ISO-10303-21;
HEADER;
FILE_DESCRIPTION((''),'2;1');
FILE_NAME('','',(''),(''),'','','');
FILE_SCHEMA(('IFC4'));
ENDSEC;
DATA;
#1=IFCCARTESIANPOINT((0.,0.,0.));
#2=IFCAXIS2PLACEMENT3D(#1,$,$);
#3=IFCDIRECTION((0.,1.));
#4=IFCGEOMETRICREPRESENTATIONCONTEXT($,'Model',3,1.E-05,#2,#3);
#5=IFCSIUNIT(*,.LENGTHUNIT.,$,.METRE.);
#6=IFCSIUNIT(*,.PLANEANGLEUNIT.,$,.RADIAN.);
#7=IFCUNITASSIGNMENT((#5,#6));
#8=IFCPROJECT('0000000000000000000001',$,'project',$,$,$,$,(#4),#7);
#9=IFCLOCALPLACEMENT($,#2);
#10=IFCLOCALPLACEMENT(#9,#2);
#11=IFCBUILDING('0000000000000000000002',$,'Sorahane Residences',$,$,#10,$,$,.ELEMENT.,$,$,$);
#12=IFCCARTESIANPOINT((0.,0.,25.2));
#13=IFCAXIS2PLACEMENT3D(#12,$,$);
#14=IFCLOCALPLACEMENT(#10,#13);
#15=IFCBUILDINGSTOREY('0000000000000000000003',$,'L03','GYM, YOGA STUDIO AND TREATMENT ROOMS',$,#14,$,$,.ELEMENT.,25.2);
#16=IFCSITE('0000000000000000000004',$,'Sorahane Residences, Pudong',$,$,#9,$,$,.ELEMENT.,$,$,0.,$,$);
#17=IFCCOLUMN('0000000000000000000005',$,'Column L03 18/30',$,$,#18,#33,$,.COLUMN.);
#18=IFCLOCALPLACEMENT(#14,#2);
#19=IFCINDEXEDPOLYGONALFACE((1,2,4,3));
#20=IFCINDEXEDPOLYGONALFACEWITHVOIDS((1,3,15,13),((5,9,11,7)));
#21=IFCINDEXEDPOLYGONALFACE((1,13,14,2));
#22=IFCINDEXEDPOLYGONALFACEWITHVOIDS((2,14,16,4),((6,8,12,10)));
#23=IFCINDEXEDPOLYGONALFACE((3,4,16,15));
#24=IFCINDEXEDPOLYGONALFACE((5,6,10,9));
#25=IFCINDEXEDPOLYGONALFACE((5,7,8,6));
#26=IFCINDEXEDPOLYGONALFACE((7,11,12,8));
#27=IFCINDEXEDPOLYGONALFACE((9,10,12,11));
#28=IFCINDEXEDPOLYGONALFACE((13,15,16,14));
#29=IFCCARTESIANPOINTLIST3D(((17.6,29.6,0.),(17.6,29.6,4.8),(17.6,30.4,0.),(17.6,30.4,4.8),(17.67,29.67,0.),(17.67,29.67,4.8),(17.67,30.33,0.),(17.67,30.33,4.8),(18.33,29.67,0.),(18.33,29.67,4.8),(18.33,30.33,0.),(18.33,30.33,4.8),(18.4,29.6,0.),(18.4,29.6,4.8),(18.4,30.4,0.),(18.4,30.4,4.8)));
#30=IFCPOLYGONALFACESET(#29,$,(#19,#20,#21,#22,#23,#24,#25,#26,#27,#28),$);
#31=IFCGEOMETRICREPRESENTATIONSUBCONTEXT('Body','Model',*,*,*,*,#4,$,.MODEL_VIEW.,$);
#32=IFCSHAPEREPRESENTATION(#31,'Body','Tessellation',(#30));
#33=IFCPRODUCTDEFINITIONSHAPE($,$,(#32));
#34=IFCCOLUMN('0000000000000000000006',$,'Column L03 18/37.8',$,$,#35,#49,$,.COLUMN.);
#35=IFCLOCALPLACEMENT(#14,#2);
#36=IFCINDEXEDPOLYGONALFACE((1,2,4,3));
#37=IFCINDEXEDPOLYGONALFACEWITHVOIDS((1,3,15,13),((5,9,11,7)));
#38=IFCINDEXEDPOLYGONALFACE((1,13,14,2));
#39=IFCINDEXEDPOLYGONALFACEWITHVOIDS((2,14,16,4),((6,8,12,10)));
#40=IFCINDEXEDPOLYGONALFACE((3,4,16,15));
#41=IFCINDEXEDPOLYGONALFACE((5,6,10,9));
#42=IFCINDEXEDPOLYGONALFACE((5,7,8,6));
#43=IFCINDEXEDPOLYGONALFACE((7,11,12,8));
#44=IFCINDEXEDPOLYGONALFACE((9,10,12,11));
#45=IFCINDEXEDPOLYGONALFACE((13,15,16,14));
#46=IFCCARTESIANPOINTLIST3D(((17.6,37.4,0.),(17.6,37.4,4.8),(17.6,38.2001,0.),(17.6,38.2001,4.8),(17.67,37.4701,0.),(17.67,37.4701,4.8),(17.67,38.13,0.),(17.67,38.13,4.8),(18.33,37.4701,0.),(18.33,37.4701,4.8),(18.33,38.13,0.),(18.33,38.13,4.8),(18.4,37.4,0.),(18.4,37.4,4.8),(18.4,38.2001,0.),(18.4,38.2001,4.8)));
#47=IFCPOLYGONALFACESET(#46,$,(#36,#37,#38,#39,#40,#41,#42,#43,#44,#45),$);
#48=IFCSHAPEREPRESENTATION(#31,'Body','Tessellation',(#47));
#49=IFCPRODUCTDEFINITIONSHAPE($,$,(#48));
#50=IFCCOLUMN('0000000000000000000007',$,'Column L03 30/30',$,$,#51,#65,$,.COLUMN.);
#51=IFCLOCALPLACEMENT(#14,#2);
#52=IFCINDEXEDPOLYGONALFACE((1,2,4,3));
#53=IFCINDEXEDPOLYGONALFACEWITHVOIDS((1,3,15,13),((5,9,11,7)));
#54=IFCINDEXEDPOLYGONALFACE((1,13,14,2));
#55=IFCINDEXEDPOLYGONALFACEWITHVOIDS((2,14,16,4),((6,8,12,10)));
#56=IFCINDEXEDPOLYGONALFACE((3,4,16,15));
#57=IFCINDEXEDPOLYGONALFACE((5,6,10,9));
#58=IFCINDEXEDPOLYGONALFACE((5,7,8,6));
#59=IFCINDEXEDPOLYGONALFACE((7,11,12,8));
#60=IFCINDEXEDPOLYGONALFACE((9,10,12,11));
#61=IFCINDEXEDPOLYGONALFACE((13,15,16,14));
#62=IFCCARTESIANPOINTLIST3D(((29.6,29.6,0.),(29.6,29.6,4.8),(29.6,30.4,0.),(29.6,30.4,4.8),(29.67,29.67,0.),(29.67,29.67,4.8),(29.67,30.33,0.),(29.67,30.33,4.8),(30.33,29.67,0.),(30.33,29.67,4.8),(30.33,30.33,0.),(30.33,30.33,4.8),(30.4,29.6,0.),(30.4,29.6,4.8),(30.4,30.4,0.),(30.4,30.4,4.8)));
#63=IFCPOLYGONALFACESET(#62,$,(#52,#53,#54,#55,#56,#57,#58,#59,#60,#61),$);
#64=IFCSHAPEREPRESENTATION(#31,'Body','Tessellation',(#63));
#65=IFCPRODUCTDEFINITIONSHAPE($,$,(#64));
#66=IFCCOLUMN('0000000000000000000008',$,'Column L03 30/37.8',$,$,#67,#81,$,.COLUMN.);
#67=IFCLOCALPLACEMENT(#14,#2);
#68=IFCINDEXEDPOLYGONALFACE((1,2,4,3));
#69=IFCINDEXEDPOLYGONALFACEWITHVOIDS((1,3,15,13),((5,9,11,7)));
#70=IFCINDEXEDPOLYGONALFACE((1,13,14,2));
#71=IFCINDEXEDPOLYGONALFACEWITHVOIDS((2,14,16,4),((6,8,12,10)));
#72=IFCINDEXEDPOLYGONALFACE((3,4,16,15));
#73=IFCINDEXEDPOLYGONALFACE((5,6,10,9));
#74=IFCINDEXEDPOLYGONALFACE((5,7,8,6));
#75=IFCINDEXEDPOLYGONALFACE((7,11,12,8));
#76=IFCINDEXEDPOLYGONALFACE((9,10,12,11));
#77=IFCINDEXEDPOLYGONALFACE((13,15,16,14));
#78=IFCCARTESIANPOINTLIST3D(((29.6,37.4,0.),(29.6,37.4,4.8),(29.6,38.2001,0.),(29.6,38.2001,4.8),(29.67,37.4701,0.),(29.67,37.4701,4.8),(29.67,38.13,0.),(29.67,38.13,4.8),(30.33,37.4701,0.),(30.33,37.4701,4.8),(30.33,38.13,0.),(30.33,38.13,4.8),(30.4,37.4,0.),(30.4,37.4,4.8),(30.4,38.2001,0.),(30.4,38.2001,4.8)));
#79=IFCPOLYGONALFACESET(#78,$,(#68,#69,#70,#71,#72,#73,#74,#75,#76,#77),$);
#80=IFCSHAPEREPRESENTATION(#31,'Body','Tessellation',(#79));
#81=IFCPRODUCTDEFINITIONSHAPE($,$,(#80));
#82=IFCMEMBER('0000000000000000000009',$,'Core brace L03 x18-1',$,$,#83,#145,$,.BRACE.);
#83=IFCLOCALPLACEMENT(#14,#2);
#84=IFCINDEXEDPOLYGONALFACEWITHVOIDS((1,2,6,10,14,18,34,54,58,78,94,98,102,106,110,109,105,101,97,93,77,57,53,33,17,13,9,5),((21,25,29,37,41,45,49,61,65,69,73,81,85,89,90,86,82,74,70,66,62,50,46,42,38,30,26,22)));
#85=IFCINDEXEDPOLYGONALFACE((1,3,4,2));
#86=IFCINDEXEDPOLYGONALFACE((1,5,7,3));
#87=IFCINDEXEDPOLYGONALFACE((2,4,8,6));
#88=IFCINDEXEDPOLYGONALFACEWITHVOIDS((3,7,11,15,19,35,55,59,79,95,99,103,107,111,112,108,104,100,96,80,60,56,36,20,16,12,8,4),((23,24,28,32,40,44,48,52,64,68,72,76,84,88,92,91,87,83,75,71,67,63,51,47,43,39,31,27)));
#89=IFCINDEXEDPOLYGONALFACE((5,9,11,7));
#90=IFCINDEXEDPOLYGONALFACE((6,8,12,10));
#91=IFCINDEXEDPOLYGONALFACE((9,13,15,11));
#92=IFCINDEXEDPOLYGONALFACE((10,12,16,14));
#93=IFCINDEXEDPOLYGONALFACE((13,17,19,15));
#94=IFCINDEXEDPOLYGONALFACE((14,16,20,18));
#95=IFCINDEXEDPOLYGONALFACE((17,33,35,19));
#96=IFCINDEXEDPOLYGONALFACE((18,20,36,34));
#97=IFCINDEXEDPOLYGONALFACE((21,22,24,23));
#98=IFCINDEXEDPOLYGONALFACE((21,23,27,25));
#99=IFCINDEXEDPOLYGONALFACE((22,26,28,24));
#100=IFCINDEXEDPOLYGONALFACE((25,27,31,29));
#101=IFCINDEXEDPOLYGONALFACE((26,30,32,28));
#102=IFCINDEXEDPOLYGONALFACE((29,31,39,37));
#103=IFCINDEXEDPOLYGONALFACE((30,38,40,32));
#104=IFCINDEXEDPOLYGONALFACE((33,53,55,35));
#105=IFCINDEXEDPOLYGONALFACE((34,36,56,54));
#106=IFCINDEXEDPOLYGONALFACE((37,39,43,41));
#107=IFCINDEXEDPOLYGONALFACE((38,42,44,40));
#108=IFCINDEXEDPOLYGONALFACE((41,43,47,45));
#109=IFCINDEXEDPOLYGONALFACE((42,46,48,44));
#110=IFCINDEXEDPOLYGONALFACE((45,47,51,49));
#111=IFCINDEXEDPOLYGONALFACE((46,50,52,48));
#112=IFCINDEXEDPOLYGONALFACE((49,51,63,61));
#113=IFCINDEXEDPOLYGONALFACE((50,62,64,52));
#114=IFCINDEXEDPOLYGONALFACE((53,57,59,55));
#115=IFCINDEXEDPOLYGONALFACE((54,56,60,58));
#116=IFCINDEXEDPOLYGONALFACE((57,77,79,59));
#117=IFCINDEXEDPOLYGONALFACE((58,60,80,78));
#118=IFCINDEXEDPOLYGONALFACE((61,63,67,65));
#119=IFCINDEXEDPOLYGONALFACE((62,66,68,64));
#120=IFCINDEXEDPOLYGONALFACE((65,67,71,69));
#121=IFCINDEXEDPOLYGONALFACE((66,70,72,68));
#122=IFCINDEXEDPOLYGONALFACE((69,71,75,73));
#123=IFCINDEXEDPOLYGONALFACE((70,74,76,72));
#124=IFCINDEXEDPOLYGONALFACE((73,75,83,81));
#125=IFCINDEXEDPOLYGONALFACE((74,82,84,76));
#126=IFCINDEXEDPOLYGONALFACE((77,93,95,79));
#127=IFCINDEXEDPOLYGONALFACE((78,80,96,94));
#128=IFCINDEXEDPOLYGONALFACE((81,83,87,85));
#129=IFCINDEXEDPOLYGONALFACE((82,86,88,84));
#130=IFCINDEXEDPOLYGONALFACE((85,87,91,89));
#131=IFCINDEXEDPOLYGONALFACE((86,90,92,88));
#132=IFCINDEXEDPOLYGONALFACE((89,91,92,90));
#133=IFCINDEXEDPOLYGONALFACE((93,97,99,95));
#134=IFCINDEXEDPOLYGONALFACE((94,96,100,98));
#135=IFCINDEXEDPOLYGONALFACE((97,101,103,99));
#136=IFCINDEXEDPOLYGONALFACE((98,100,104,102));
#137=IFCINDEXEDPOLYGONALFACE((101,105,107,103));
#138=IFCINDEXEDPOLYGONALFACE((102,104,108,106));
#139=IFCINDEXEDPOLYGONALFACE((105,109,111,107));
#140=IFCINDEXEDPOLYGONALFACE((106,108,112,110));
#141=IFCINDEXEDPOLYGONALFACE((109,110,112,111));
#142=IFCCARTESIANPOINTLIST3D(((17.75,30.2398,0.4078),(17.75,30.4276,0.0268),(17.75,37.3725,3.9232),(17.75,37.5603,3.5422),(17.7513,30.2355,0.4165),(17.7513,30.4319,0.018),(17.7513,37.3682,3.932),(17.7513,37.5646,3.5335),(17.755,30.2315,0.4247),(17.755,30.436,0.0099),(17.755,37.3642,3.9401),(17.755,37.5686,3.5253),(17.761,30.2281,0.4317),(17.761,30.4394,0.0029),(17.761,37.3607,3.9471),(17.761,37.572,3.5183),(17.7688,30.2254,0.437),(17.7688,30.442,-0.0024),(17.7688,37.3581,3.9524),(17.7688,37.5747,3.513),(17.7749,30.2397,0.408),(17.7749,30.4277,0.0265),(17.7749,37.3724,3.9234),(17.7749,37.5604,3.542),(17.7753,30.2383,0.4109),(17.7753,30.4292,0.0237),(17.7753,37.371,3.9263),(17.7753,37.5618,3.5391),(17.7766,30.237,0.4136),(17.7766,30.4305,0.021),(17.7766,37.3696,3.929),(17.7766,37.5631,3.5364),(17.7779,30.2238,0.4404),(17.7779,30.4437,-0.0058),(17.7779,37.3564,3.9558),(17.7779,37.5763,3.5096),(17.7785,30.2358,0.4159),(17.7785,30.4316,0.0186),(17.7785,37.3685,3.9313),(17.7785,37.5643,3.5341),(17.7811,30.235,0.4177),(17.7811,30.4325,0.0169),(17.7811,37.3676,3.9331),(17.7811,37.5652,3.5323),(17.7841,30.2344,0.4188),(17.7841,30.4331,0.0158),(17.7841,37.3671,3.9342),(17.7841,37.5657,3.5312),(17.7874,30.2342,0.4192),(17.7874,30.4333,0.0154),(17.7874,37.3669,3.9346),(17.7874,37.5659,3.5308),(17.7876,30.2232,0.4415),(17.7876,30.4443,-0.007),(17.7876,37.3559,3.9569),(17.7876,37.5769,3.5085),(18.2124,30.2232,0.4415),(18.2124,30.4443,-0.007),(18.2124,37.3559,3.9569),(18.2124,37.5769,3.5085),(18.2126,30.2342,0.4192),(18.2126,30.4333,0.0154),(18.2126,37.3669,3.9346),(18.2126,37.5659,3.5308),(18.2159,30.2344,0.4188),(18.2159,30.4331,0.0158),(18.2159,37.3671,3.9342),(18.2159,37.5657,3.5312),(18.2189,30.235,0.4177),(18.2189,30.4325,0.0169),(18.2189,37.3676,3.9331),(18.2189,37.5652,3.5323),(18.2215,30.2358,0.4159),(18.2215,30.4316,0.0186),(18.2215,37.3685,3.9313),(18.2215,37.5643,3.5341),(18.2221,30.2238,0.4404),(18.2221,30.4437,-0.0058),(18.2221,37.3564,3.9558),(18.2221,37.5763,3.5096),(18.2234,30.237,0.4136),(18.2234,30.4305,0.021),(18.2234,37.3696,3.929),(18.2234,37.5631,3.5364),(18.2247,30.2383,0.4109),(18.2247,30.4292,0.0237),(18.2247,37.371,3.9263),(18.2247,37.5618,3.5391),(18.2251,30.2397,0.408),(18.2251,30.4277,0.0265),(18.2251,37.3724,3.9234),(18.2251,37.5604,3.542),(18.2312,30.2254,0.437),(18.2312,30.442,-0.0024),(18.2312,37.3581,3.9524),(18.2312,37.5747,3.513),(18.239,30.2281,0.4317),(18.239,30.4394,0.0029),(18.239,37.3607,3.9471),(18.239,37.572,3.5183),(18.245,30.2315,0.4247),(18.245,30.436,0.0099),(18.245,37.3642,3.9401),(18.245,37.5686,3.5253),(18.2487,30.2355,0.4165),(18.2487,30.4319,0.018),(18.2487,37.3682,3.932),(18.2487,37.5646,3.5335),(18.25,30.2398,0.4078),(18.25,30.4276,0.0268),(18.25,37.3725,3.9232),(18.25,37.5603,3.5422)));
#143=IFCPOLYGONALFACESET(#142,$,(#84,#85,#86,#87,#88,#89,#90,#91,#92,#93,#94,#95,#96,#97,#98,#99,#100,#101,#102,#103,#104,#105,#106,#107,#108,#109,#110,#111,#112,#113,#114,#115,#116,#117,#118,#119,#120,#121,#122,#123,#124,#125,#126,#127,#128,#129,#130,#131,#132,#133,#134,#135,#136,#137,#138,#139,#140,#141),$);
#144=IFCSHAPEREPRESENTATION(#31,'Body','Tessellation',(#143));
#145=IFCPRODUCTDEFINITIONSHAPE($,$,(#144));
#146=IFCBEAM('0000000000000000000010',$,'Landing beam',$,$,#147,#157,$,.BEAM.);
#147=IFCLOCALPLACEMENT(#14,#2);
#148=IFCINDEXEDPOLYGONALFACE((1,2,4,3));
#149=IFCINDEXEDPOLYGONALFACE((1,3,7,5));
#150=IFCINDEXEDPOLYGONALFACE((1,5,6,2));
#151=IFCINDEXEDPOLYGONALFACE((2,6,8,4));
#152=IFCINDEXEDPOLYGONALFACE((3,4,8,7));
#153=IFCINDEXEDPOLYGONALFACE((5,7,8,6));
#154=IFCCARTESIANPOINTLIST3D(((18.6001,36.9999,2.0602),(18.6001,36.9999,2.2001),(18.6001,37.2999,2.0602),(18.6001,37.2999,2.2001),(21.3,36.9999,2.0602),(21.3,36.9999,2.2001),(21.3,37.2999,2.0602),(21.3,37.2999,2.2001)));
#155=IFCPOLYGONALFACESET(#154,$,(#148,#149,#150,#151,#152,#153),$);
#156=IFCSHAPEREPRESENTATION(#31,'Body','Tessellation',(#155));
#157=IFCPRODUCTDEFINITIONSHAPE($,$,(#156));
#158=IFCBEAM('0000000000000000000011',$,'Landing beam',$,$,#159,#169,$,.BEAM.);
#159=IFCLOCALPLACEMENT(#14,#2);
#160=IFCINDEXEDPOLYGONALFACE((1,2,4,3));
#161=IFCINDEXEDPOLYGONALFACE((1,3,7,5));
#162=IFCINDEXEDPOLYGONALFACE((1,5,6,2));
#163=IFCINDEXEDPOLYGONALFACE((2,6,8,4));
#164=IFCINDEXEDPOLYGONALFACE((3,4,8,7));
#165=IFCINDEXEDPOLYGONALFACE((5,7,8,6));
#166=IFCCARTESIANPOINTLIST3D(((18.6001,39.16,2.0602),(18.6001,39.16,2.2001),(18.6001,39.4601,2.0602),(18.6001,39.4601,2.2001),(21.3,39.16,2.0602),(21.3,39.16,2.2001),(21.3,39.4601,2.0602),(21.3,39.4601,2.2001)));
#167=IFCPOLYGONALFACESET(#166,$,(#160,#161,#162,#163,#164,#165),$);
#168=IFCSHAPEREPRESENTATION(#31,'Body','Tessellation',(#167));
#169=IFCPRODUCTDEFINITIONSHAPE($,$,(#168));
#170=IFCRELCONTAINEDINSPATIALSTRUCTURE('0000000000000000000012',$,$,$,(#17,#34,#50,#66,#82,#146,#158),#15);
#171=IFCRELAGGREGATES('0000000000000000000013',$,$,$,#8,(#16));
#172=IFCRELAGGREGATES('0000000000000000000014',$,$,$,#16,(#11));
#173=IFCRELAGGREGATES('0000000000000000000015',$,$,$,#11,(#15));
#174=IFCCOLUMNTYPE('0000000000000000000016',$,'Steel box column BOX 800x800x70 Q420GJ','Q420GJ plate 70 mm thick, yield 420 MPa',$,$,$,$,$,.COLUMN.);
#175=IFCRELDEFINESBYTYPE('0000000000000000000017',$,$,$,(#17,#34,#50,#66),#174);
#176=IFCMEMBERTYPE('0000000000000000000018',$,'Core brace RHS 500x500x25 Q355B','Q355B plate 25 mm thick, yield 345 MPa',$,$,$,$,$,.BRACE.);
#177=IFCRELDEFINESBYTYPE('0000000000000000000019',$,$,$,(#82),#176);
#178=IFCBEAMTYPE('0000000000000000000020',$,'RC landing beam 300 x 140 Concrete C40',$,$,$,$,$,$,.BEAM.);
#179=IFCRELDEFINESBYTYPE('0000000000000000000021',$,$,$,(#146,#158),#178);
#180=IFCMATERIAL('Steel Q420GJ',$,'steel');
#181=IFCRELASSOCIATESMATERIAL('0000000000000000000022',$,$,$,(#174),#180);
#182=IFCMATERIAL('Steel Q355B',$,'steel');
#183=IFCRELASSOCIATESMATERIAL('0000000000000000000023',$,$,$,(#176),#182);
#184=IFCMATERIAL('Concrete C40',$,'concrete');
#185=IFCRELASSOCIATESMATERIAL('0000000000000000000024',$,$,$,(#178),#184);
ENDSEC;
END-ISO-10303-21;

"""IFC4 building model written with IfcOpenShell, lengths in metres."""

from ifc_helpers import new_model, si_unit, direction, frame, origin, origin_2d, place, context, subcontext, project, spatial, rectangle, hollow_rectangle, extrude, material, material_profile, profile_set, type_object, element, save


model = new_model("IFC4")

# Units and contexts
model_context = context("Model", 3, precision=1e-05, world=origin(), true_north=direction((0.0, 1.0)))
body_context = subcontext(model_context, "Body", "Model", "MODEL_VIEW")
ifc_project = project(units=[si_unit("LENGTHUNIT", "METRE"), si_unit("PLANEANGLEUNIT", "RADIAN")], contexts=[model_context])

# Site, building, storey
site_placement = place(None, origin())
site = spatial("IfcSite", under=ifc_project, at=site_placement, Name="Sorahane Residences, Pudong", CompositionType="ELEMENT", RefElevation=0.0)
building_placement = place(site_placement, origin())
building = spatial("IfcBuilding", under=site, at=building_placement, Name="Sorahane Residences", CompositionType="ELEMENT")
storey_placement = place(building_placement, frame((0.0, 0.0, 25.2)))
storey = spatial("IfcBuildingStorey", under=building, at=storey_placement, Name="L03", Description="GYM, YOGA STUDIO AND TREATMENT ROOMS", CompositionType="ELEMENT", Elevation=25.2)

# Columns
ifc_material_1 = material(Name="Steel Q420GJ", Category="steel")
ifc_material_profile_1 = material_profile(ifc_material_1, hollow_rectangle(XDim=0.8, YDim=0.8, WallThickness=0.0701, at=origin_2d()), Name="BOX 800x800x70")
ifc_profile_set_1 = profile_set([ifc_material_profile_1], Name="Steel Q420GJ")
column_type = type_object("IfcColumnType", Name="Steel box column BOX 800x800x70 Q420GJ", Description="Q420GJ plate 70 mm thick, yield 420 MPa", PredefinedType="COLUMN", material=ifc_profile_set_1)
for number, where, z_axis, x_axis, name in (
    (1, (18.0, 30.0, 0.0), (0.0, 0.0, 1.0), (1.0, 0.0, 0.0), "Column L03 18/30"),
    (2, (18.0, 37.8, 0.0), (0.0, 0.0, 1.0), (1.0, 0.0, 0.0), "Column L03 18/37.8"),
    (3, (30.0, 30.0, 0.0), (0.0, 0.0, 1.0), (1.0, 0.0, 0.0), "Column L03 30/30"),
    (4, (30.0, 37.8, 0.0), (0.0, 0.0, 1.0), (1.0, 0.0, 0.0), "Column L03 30/37.8"),
):
    element("IfcColumn", number, at=place(storey_placement, frame(where, z_axis=z_axis, x_axis=x_axis)), inside=storey, type_object=column_type, Name=name, PredefinedType="COLUMN", context=body_context, shape_type="SweptSolid", body=[
        extrude(hollow_rectangle(XDim=0.8, YDim=0.8, WallThickness=0.0701, at=origin_2d()), origin(), (0.0, 0.0, 1.0), 4.8),
    ])

# Member
ifc_material_2 = material(Name="Steel Q355B", Category="steel")
ifc_material_profile_2 = material_profile(ifc_material_2, hollow_rectangle(XDim=0.5, YDim=0.5, WallThickness=0.0249, InnerFilletRadius=0.0125, OuterFilletRadius=0.0376, at=origin_2d()), Name="RHS 500x500x25")
ifc_profile_set_2 = profile_set([ifc_material_profile_2], Name="Steel Q355B")
member_type = type_object("IfcMemberType", Name="Core brace RHS 500x500x25 Q355B", Description="Q355B plate 25 mm thick, yield 345 MPa", PredefinedType="BRACE", material=ifc_profile_set_2)
member_placement = place(storey_placement, frame((18.0, 30.3337, 0.2173), z_axis=(0.0, 0.896973, 0.442085), x_axis=(-1.0, 0.0, 0.0)))
element("IfcMember", 5, at=member_placement, inside=storey, type_object=member_type, Name="Core brace L03 x18-1", PredefinedType="BRACE", context=body_context, shape_type="SweptSolid", body=[
    extrude(hollow_rectangle(XDim=0.5, YDim=0.5, WallThickness=0.0249, InnerFilletRadius=0.0125, OuterFilletRadius=0.0376, at=origin_2d()), origin(), (0.0, 0.0, 1.0), 7.9519),
])

# Beams
ifc_material_3 = material(Name="Concrete C40", Category="concrete")
ifc_material_profile_3 = material_profile(ifc_material_3, rectangle(XDim=0.3, YDim=0.1399, at=origin_2d()), Name="300x140")
ifc_profile_set_3 = profile_set([ifc_material_profile_3], Name="Concrete C40")
beam_type_1 = type_object("IfcBeamType", Name="RC landing beam 300 x 140 Concrete C40", PredefinedType="BEAM", material=ifc_profile_set_3)
for number, where, z_axis, x_axis, name in (
    (6, (18.6001, 37.1499, 2.1301), (1.0, 0.0, 0.0), (0.0, 1.0, 0.0), "Landing beam"),
    (7, (18.6001, 39.3101, 2.1301), (1.0, 0.0, 0.0), (0.0, 1.0, 0.0), "Landing beam"),
):
    element("IfcBeam", number, at=place(storey_placement, frame(where, z_axis=z_axis, x_axis=x_axis)), inside=storey, type_object=beam_type_1, Name=name, PredefinedType="BEAM", context=body_context, shape_type="SweptSolid", body=[
        extrude(rectangle(XDim=0.3, YDim=0.1399, at=origin_2d()), origin(), (0.0, 0.0, 1.0), 2.7),
    ])

save(model, "model.ifc")
